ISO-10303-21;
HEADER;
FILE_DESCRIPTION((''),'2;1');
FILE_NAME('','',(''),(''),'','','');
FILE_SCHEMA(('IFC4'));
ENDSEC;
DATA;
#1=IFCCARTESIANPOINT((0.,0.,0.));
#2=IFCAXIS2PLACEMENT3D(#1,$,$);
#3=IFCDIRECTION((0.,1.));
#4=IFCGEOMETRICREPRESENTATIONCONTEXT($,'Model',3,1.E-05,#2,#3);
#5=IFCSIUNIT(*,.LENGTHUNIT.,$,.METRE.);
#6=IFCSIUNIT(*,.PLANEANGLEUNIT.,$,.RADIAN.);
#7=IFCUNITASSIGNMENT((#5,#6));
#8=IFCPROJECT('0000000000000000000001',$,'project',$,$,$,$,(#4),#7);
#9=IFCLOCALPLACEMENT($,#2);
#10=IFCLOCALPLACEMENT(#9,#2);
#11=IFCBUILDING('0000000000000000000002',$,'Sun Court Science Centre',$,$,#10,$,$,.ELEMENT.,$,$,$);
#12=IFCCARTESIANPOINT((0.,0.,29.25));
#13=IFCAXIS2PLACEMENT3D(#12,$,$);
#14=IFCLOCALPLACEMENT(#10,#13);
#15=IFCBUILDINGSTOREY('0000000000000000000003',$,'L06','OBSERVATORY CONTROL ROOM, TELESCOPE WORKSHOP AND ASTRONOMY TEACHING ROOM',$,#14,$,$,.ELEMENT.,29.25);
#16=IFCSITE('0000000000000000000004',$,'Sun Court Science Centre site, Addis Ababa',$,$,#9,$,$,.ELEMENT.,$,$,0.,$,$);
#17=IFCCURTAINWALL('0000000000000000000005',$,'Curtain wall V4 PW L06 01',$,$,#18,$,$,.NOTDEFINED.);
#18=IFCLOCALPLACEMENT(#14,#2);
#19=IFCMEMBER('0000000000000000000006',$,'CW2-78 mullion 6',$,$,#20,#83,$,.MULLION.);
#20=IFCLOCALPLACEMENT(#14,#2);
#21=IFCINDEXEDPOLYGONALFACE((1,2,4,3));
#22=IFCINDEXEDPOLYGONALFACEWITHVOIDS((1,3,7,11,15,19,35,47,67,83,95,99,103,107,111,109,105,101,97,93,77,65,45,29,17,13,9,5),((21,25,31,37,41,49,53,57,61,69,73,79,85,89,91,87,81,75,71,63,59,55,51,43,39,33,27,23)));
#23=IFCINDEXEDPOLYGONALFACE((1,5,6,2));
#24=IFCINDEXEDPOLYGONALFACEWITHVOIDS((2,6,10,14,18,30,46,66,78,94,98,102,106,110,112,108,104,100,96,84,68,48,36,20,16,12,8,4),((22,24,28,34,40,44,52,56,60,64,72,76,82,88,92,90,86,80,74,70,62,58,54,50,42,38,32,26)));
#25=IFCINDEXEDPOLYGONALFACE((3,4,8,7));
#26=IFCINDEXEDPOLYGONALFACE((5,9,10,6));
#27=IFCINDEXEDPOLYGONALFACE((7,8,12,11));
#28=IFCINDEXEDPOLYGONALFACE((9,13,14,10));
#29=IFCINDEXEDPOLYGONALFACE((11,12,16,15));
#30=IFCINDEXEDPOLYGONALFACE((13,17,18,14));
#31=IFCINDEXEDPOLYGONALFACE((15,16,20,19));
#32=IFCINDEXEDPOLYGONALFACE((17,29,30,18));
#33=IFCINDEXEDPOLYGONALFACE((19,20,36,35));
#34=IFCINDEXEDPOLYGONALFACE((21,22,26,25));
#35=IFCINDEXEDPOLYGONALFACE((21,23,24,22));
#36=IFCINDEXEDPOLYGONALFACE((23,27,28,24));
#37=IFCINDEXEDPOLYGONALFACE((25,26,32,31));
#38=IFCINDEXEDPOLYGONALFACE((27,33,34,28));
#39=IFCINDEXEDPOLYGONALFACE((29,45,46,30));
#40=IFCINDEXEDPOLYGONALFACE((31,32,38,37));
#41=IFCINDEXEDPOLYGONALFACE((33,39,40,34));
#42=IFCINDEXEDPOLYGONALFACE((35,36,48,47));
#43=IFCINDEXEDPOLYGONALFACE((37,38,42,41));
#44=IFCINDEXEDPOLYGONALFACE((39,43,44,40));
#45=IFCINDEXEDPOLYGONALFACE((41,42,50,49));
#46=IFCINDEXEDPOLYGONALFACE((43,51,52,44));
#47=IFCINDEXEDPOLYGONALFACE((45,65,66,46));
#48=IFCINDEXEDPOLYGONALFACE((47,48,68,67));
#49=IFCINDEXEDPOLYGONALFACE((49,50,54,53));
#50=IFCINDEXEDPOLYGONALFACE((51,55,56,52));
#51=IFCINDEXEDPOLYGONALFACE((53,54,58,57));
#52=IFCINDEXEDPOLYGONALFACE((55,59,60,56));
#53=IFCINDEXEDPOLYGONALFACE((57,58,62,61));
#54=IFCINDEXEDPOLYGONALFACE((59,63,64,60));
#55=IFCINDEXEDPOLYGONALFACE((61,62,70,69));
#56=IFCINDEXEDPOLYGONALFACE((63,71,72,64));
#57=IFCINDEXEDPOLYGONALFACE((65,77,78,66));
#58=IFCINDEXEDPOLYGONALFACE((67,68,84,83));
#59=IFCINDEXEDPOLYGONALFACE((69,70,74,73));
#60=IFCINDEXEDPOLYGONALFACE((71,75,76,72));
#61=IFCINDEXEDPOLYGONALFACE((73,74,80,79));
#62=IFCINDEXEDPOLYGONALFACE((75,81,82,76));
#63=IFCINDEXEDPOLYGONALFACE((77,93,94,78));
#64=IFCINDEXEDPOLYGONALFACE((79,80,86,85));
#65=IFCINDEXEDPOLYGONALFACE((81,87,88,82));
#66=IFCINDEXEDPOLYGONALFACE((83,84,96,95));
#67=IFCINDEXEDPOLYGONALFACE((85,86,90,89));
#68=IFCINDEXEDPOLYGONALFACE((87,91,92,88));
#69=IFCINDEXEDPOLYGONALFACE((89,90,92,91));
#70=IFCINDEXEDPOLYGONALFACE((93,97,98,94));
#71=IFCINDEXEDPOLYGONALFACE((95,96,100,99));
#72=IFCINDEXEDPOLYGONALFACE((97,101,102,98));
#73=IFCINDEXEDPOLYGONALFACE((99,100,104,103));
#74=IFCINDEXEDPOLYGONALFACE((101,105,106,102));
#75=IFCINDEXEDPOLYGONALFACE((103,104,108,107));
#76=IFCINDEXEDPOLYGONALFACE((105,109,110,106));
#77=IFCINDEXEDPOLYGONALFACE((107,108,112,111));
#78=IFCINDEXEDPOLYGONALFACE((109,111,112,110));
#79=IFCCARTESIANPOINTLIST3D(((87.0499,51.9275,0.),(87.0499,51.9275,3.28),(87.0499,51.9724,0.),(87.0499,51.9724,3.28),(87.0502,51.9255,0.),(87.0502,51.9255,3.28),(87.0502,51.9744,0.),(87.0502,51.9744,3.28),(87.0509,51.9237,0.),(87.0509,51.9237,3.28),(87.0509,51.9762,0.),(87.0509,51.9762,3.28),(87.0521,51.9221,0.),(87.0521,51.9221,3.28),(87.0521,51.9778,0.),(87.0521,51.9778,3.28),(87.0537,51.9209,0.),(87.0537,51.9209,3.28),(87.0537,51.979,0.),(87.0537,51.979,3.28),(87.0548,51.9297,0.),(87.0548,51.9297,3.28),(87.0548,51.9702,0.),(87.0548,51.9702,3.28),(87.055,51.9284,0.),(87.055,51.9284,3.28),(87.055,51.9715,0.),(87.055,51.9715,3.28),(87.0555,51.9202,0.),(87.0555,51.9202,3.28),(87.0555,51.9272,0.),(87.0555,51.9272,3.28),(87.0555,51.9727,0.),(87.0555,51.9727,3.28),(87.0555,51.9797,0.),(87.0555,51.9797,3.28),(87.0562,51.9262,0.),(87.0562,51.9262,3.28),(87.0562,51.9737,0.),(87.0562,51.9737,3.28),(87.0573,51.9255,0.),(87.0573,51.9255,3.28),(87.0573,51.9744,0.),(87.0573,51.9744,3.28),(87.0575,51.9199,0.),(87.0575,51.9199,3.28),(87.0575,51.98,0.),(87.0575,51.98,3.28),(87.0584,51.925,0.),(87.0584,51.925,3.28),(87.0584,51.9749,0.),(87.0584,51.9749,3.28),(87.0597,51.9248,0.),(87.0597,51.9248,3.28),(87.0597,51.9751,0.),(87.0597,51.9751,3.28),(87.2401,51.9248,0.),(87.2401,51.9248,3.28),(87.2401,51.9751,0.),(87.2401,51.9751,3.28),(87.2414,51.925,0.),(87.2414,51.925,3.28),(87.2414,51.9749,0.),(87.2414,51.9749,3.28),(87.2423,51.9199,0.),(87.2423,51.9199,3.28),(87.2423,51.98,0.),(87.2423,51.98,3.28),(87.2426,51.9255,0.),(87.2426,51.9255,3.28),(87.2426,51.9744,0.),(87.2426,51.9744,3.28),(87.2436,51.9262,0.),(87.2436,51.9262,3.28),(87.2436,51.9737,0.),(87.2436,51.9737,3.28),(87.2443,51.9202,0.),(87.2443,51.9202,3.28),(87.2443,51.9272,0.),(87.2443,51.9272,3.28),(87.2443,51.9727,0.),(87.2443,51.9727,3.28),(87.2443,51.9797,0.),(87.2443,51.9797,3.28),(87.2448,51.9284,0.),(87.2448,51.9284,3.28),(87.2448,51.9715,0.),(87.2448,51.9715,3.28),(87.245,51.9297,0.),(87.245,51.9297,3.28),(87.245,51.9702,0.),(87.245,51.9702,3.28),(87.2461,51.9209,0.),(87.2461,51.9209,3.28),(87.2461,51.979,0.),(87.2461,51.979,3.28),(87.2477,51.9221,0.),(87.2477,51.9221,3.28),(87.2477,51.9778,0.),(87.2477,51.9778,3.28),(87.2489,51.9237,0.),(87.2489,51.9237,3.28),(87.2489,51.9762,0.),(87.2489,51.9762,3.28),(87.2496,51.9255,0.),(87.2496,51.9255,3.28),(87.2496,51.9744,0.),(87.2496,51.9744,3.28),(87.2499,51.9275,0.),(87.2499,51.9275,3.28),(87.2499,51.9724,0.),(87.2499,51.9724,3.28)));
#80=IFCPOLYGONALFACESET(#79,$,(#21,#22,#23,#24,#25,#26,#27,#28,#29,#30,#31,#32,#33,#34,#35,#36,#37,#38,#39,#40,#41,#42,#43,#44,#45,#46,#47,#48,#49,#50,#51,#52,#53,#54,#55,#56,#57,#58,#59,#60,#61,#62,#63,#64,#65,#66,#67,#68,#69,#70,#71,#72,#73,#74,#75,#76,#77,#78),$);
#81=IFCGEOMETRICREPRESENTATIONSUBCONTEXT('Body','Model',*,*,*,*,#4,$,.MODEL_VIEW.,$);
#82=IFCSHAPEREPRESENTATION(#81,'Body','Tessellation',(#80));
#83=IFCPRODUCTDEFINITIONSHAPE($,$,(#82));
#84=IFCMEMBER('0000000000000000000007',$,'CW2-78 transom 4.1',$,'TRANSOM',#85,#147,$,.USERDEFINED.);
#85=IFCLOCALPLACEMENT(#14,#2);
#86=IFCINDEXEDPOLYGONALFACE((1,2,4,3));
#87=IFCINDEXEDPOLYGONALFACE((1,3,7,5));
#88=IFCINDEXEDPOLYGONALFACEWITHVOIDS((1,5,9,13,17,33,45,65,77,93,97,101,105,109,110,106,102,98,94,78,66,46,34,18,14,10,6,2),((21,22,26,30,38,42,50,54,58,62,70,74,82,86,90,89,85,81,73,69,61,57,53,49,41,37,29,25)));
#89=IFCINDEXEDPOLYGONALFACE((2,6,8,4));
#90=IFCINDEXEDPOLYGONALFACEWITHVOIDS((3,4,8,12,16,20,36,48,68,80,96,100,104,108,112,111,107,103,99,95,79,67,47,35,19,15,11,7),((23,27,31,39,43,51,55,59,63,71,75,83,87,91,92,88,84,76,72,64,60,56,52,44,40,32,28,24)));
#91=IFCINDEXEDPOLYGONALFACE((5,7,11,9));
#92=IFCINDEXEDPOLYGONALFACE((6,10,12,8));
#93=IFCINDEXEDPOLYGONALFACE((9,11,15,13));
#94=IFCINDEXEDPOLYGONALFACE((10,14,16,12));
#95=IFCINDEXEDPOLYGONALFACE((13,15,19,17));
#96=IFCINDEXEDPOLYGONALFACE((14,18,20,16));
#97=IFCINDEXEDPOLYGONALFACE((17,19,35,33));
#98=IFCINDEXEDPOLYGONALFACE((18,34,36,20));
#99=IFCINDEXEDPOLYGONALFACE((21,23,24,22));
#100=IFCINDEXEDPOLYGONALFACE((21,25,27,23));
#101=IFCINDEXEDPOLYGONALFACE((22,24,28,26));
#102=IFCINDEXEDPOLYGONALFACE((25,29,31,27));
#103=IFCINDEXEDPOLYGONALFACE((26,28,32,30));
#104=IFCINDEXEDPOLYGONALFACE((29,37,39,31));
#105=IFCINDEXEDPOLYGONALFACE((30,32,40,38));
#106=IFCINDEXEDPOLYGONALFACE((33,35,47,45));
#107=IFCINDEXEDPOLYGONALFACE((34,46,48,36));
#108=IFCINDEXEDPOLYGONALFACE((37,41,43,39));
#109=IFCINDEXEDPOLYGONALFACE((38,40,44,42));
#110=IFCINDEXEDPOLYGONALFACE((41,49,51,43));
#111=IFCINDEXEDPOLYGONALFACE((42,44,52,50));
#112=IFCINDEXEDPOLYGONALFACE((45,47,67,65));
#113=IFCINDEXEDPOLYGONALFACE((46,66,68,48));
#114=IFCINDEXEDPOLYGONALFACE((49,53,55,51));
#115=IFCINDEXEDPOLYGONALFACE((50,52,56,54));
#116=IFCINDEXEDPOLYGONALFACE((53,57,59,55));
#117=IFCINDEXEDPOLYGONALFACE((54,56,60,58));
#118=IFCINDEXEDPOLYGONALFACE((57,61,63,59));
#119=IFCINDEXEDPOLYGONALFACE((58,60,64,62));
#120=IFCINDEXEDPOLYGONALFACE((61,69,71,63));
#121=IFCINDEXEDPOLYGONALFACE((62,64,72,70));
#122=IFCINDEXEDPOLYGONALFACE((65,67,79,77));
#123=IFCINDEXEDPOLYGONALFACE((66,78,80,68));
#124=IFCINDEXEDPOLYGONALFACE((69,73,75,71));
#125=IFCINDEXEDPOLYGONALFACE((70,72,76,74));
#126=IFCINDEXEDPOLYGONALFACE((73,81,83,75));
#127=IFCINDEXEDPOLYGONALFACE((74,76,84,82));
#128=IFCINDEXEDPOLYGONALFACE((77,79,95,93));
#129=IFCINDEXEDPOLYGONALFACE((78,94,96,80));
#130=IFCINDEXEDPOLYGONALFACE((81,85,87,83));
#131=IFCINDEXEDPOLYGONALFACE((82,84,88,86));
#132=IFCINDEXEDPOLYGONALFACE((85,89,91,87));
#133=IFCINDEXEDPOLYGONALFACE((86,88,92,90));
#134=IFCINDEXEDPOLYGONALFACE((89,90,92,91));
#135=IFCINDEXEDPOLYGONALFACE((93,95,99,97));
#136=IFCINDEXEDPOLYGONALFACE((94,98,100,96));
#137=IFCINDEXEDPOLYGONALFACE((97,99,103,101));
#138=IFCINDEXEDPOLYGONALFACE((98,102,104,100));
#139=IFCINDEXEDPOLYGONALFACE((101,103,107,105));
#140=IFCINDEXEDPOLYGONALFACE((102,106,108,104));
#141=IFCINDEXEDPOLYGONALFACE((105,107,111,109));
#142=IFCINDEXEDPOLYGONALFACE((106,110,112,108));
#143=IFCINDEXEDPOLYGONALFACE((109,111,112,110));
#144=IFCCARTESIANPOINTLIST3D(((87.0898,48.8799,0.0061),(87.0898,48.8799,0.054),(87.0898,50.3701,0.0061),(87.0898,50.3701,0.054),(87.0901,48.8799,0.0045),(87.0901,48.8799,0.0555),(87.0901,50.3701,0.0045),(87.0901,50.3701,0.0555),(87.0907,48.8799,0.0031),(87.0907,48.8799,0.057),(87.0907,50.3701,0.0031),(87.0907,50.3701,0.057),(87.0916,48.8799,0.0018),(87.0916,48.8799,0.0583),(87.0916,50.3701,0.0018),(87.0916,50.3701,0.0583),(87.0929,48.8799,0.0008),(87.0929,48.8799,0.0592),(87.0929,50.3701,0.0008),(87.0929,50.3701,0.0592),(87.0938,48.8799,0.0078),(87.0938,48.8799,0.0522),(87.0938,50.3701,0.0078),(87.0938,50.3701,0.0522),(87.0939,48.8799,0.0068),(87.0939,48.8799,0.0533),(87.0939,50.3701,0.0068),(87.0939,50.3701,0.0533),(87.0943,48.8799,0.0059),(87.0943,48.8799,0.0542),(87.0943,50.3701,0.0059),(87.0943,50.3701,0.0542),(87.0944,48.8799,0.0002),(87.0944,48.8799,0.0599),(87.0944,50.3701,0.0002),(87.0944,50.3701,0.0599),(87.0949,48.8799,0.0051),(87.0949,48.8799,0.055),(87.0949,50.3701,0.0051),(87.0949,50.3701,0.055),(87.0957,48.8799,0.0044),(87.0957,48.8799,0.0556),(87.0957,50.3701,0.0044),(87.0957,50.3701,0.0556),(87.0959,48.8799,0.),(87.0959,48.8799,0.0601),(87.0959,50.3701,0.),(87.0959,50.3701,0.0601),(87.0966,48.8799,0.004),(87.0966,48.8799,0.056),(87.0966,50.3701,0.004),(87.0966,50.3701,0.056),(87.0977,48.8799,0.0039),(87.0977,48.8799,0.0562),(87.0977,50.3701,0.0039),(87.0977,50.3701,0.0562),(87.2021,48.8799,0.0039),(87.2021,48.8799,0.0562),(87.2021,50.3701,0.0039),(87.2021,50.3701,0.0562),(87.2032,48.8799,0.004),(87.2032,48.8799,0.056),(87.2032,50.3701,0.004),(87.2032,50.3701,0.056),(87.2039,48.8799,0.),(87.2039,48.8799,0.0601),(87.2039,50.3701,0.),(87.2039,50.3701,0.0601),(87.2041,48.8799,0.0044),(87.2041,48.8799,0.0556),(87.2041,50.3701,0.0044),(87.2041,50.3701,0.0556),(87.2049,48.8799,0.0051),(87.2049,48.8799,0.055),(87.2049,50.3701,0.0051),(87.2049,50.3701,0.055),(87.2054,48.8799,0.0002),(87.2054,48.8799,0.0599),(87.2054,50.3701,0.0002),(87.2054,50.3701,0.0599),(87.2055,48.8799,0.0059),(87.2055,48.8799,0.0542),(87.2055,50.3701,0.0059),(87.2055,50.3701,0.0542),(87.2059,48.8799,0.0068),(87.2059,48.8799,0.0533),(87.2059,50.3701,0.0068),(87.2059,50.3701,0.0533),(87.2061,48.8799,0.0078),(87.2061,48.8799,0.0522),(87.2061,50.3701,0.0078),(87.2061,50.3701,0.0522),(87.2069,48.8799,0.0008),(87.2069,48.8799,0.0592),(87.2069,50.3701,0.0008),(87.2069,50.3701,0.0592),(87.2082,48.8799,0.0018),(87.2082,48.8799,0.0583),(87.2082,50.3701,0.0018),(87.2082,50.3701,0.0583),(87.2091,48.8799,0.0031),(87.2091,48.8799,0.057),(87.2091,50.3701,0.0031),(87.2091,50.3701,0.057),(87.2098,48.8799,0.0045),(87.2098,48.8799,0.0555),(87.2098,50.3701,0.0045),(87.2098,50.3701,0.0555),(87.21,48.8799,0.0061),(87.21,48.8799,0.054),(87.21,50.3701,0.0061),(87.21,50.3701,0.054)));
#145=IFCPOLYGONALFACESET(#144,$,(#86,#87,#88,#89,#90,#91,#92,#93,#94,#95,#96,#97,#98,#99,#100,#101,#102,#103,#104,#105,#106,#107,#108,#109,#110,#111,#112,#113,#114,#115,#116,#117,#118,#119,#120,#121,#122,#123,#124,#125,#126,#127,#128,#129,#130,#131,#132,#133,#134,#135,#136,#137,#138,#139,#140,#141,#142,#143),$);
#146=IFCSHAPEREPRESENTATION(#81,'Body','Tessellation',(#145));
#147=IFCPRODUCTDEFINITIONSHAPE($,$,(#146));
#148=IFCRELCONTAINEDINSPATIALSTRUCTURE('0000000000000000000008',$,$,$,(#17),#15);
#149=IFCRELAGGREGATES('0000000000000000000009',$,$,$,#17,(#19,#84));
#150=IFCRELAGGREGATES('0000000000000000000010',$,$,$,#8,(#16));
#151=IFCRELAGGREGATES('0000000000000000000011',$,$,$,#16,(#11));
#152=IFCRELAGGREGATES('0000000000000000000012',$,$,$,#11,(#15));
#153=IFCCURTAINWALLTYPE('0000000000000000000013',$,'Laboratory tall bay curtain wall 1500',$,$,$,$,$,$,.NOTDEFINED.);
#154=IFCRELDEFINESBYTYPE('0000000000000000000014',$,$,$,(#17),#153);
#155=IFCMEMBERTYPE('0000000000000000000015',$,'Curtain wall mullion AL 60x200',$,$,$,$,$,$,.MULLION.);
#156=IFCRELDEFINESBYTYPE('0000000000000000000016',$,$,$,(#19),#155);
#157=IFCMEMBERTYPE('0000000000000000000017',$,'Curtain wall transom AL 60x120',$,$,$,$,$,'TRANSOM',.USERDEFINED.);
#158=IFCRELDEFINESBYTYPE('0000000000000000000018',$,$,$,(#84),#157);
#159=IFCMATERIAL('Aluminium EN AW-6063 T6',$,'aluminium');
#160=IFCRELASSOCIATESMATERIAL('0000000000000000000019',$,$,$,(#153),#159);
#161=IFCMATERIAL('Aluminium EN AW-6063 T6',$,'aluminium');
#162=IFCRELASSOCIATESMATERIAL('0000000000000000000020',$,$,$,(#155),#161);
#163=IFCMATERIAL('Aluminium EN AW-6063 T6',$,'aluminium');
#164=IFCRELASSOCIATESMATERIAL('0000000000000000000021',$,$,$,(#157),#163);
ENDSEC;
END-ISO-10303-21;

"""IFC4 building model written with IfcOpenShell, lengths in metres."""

from ifc_helpers import new_model, si_unit, direction, frame, origin, origin_2d, place, context, subcontext, project, spatial, hollow_rectangle, extrude, material, material_profile, profile_set, type_object, element, aggregate, save


model = new_model("IFC4")

# Units and contexts
model_context = context("Model", 3, precision=1e-05, world=origin(), true_north=direction((0.0, 1.0)))
body_context = subcontext(model_context, "Body", "Model", "MODEL_VIEW")
ifc_project = project(units=[si_unit("LENGTHUNIT", "METRE"), si_unit("PLANEANGLEUNIT", "RADIAN")], contexts=[model_context])

# Site, building, storey
site_placement = place(None, origin())
site = spatial("IfcSite", under=ifc_project, at=site_placement, Name="Sun Court Science Centre site, Addis Ababa", CompositionType="ELEMENT", RefElevation=0.0)
building_placement = place(site_placement, origin())
building = spatial("IfcBuilding", under=site, at=building_placement, Name="Sun Court Science Centre", CompositionType="ELEMENT")
storey_placement = place(building_placement, frame((0.0, 0.0, 29.25)))
storey = spatial("IfcBuildingStorey", under=building, at=storey_placement, Name="L06", Description="OBSERVATORY CONTROL ROOM, TELESCOPE WORKSHOP AND ASTRONOMY TEACHING ROOM", CompositionType="ELEMENT", Elevation=29.25)

# Curtain wall, members
ifc_material_1 = material(Name="Aluminium EN AW-6063 T6", Category="aluminium")
curtain_wall_type = type_object("IfcCurtainWallType", Name="Laboratory tall bay curtain wall 1500", PredefinedType="NOTDEFINED", material=ifc_material_1)
curtain_wall_placement = place(storey_placement, origin())
curtain_wall = element("IfcCurtainWall", 1, at=curtain_wall_placement, inside=storey, type_object=curtain_wall_type, Name="Curtain wall V4 PW L06 01", PredefinedType="NOTDEFINED")
ifc_material_2 = material(Name="Aluminium EN AW-6063 T6", Category="aluminium")
ifc_material_profile_1 = material_profile(ifc_material_2, hollow_rectangle(XDim=0.0601, YDim=0.2, WallThickness=0.0049, InnerFilletRadius=0.0049, OuterFilletRadius=0.0076, at=origin_2d()), Name="AL 60x200x5")
ifc_profile_set_1 = profile_set([ifc_material_profile_1], Name="Aluminium EN AW-6063 T6")
member_type_1 = type_object("IfcMemberType", Name="Curtain wall mullion AL 60x200", PredefinedType="MULLION", material=ifc_profile_set_1)
member_1_placement = place(storey_placement, frame((87.1499, 51.95, 0.0), z_axis=(0.0, 0.0, 1.0), x_axis=(0.0, 1.0, 0.0)))
member_1 = element("IfcMember", 2, at=member_1_placement, type_object=member_type_1, Name="CW2-78 mullion 6", PredefinedType="MULLION", context=body_context, shape_type="SweptSolid", body=[
    extrude(hollow_rectangle(XDim=0.0601, YDim=0.2, WallThickness=0.0049, InnerFilletRadius=0.0049, OuterFilletRadius=0.0076, at=origin_2d()), origin(), (0.0, 0.0, 1.0), 3.28),
])
ifc_material_3 = material(Name="Aluminium EN AW-6063 T6", Category="aluminium")
ifc_material_profile_2 = material_profile(ifc_material_3, hollow_rectangle(XDim=0.0601, YDim=0.1201, WallThickness=0.0039, InnerFilletRadius=0.0039, OuterFilletRadius=0.0061, at=origin_2d()), Name="AL 60x120x4")
ifc_profile_set_2 = profile_set([ifc_material_profile_2], Name="Aluminium EN AW-6063 T6")
member_type_2 = type_object("IfcMemberType", Name="Curtain wall transom AL 60x120", ElementType="TRANSOM", PredefinedType="USERDEFINED", material=ifc_profile_set_2)
member_2_placement = place(storey_placement, frame((87.1499, 48.8799, 0.03), z_axis=(0.0, 1.0, 0.0), x_axis=(0.0, 0.0, 1.0)))
member_2 = element("IfcMember", 3, at=member_2_placement, type_object=member_type_2, Name="CW2-78 transom 4.1", ObjectType="TRANSOM", PredefinedType="USERDEFINED", context=body_context, shape_type="SweptSolid", body=[
    extrude(hollow_rectangle(XDim=0.0601, YDim=0.1201, WallThickness=0.0039, InnerFilletRadius=0.0039, OuterFilletRadius=0.0061, at=origin_2d()), origin(), (0.0, 0.0, 1.0), 1.4902),
])

aggregate(curtain_wall, [member_1, member_2])

save(model, "model.ifc")
